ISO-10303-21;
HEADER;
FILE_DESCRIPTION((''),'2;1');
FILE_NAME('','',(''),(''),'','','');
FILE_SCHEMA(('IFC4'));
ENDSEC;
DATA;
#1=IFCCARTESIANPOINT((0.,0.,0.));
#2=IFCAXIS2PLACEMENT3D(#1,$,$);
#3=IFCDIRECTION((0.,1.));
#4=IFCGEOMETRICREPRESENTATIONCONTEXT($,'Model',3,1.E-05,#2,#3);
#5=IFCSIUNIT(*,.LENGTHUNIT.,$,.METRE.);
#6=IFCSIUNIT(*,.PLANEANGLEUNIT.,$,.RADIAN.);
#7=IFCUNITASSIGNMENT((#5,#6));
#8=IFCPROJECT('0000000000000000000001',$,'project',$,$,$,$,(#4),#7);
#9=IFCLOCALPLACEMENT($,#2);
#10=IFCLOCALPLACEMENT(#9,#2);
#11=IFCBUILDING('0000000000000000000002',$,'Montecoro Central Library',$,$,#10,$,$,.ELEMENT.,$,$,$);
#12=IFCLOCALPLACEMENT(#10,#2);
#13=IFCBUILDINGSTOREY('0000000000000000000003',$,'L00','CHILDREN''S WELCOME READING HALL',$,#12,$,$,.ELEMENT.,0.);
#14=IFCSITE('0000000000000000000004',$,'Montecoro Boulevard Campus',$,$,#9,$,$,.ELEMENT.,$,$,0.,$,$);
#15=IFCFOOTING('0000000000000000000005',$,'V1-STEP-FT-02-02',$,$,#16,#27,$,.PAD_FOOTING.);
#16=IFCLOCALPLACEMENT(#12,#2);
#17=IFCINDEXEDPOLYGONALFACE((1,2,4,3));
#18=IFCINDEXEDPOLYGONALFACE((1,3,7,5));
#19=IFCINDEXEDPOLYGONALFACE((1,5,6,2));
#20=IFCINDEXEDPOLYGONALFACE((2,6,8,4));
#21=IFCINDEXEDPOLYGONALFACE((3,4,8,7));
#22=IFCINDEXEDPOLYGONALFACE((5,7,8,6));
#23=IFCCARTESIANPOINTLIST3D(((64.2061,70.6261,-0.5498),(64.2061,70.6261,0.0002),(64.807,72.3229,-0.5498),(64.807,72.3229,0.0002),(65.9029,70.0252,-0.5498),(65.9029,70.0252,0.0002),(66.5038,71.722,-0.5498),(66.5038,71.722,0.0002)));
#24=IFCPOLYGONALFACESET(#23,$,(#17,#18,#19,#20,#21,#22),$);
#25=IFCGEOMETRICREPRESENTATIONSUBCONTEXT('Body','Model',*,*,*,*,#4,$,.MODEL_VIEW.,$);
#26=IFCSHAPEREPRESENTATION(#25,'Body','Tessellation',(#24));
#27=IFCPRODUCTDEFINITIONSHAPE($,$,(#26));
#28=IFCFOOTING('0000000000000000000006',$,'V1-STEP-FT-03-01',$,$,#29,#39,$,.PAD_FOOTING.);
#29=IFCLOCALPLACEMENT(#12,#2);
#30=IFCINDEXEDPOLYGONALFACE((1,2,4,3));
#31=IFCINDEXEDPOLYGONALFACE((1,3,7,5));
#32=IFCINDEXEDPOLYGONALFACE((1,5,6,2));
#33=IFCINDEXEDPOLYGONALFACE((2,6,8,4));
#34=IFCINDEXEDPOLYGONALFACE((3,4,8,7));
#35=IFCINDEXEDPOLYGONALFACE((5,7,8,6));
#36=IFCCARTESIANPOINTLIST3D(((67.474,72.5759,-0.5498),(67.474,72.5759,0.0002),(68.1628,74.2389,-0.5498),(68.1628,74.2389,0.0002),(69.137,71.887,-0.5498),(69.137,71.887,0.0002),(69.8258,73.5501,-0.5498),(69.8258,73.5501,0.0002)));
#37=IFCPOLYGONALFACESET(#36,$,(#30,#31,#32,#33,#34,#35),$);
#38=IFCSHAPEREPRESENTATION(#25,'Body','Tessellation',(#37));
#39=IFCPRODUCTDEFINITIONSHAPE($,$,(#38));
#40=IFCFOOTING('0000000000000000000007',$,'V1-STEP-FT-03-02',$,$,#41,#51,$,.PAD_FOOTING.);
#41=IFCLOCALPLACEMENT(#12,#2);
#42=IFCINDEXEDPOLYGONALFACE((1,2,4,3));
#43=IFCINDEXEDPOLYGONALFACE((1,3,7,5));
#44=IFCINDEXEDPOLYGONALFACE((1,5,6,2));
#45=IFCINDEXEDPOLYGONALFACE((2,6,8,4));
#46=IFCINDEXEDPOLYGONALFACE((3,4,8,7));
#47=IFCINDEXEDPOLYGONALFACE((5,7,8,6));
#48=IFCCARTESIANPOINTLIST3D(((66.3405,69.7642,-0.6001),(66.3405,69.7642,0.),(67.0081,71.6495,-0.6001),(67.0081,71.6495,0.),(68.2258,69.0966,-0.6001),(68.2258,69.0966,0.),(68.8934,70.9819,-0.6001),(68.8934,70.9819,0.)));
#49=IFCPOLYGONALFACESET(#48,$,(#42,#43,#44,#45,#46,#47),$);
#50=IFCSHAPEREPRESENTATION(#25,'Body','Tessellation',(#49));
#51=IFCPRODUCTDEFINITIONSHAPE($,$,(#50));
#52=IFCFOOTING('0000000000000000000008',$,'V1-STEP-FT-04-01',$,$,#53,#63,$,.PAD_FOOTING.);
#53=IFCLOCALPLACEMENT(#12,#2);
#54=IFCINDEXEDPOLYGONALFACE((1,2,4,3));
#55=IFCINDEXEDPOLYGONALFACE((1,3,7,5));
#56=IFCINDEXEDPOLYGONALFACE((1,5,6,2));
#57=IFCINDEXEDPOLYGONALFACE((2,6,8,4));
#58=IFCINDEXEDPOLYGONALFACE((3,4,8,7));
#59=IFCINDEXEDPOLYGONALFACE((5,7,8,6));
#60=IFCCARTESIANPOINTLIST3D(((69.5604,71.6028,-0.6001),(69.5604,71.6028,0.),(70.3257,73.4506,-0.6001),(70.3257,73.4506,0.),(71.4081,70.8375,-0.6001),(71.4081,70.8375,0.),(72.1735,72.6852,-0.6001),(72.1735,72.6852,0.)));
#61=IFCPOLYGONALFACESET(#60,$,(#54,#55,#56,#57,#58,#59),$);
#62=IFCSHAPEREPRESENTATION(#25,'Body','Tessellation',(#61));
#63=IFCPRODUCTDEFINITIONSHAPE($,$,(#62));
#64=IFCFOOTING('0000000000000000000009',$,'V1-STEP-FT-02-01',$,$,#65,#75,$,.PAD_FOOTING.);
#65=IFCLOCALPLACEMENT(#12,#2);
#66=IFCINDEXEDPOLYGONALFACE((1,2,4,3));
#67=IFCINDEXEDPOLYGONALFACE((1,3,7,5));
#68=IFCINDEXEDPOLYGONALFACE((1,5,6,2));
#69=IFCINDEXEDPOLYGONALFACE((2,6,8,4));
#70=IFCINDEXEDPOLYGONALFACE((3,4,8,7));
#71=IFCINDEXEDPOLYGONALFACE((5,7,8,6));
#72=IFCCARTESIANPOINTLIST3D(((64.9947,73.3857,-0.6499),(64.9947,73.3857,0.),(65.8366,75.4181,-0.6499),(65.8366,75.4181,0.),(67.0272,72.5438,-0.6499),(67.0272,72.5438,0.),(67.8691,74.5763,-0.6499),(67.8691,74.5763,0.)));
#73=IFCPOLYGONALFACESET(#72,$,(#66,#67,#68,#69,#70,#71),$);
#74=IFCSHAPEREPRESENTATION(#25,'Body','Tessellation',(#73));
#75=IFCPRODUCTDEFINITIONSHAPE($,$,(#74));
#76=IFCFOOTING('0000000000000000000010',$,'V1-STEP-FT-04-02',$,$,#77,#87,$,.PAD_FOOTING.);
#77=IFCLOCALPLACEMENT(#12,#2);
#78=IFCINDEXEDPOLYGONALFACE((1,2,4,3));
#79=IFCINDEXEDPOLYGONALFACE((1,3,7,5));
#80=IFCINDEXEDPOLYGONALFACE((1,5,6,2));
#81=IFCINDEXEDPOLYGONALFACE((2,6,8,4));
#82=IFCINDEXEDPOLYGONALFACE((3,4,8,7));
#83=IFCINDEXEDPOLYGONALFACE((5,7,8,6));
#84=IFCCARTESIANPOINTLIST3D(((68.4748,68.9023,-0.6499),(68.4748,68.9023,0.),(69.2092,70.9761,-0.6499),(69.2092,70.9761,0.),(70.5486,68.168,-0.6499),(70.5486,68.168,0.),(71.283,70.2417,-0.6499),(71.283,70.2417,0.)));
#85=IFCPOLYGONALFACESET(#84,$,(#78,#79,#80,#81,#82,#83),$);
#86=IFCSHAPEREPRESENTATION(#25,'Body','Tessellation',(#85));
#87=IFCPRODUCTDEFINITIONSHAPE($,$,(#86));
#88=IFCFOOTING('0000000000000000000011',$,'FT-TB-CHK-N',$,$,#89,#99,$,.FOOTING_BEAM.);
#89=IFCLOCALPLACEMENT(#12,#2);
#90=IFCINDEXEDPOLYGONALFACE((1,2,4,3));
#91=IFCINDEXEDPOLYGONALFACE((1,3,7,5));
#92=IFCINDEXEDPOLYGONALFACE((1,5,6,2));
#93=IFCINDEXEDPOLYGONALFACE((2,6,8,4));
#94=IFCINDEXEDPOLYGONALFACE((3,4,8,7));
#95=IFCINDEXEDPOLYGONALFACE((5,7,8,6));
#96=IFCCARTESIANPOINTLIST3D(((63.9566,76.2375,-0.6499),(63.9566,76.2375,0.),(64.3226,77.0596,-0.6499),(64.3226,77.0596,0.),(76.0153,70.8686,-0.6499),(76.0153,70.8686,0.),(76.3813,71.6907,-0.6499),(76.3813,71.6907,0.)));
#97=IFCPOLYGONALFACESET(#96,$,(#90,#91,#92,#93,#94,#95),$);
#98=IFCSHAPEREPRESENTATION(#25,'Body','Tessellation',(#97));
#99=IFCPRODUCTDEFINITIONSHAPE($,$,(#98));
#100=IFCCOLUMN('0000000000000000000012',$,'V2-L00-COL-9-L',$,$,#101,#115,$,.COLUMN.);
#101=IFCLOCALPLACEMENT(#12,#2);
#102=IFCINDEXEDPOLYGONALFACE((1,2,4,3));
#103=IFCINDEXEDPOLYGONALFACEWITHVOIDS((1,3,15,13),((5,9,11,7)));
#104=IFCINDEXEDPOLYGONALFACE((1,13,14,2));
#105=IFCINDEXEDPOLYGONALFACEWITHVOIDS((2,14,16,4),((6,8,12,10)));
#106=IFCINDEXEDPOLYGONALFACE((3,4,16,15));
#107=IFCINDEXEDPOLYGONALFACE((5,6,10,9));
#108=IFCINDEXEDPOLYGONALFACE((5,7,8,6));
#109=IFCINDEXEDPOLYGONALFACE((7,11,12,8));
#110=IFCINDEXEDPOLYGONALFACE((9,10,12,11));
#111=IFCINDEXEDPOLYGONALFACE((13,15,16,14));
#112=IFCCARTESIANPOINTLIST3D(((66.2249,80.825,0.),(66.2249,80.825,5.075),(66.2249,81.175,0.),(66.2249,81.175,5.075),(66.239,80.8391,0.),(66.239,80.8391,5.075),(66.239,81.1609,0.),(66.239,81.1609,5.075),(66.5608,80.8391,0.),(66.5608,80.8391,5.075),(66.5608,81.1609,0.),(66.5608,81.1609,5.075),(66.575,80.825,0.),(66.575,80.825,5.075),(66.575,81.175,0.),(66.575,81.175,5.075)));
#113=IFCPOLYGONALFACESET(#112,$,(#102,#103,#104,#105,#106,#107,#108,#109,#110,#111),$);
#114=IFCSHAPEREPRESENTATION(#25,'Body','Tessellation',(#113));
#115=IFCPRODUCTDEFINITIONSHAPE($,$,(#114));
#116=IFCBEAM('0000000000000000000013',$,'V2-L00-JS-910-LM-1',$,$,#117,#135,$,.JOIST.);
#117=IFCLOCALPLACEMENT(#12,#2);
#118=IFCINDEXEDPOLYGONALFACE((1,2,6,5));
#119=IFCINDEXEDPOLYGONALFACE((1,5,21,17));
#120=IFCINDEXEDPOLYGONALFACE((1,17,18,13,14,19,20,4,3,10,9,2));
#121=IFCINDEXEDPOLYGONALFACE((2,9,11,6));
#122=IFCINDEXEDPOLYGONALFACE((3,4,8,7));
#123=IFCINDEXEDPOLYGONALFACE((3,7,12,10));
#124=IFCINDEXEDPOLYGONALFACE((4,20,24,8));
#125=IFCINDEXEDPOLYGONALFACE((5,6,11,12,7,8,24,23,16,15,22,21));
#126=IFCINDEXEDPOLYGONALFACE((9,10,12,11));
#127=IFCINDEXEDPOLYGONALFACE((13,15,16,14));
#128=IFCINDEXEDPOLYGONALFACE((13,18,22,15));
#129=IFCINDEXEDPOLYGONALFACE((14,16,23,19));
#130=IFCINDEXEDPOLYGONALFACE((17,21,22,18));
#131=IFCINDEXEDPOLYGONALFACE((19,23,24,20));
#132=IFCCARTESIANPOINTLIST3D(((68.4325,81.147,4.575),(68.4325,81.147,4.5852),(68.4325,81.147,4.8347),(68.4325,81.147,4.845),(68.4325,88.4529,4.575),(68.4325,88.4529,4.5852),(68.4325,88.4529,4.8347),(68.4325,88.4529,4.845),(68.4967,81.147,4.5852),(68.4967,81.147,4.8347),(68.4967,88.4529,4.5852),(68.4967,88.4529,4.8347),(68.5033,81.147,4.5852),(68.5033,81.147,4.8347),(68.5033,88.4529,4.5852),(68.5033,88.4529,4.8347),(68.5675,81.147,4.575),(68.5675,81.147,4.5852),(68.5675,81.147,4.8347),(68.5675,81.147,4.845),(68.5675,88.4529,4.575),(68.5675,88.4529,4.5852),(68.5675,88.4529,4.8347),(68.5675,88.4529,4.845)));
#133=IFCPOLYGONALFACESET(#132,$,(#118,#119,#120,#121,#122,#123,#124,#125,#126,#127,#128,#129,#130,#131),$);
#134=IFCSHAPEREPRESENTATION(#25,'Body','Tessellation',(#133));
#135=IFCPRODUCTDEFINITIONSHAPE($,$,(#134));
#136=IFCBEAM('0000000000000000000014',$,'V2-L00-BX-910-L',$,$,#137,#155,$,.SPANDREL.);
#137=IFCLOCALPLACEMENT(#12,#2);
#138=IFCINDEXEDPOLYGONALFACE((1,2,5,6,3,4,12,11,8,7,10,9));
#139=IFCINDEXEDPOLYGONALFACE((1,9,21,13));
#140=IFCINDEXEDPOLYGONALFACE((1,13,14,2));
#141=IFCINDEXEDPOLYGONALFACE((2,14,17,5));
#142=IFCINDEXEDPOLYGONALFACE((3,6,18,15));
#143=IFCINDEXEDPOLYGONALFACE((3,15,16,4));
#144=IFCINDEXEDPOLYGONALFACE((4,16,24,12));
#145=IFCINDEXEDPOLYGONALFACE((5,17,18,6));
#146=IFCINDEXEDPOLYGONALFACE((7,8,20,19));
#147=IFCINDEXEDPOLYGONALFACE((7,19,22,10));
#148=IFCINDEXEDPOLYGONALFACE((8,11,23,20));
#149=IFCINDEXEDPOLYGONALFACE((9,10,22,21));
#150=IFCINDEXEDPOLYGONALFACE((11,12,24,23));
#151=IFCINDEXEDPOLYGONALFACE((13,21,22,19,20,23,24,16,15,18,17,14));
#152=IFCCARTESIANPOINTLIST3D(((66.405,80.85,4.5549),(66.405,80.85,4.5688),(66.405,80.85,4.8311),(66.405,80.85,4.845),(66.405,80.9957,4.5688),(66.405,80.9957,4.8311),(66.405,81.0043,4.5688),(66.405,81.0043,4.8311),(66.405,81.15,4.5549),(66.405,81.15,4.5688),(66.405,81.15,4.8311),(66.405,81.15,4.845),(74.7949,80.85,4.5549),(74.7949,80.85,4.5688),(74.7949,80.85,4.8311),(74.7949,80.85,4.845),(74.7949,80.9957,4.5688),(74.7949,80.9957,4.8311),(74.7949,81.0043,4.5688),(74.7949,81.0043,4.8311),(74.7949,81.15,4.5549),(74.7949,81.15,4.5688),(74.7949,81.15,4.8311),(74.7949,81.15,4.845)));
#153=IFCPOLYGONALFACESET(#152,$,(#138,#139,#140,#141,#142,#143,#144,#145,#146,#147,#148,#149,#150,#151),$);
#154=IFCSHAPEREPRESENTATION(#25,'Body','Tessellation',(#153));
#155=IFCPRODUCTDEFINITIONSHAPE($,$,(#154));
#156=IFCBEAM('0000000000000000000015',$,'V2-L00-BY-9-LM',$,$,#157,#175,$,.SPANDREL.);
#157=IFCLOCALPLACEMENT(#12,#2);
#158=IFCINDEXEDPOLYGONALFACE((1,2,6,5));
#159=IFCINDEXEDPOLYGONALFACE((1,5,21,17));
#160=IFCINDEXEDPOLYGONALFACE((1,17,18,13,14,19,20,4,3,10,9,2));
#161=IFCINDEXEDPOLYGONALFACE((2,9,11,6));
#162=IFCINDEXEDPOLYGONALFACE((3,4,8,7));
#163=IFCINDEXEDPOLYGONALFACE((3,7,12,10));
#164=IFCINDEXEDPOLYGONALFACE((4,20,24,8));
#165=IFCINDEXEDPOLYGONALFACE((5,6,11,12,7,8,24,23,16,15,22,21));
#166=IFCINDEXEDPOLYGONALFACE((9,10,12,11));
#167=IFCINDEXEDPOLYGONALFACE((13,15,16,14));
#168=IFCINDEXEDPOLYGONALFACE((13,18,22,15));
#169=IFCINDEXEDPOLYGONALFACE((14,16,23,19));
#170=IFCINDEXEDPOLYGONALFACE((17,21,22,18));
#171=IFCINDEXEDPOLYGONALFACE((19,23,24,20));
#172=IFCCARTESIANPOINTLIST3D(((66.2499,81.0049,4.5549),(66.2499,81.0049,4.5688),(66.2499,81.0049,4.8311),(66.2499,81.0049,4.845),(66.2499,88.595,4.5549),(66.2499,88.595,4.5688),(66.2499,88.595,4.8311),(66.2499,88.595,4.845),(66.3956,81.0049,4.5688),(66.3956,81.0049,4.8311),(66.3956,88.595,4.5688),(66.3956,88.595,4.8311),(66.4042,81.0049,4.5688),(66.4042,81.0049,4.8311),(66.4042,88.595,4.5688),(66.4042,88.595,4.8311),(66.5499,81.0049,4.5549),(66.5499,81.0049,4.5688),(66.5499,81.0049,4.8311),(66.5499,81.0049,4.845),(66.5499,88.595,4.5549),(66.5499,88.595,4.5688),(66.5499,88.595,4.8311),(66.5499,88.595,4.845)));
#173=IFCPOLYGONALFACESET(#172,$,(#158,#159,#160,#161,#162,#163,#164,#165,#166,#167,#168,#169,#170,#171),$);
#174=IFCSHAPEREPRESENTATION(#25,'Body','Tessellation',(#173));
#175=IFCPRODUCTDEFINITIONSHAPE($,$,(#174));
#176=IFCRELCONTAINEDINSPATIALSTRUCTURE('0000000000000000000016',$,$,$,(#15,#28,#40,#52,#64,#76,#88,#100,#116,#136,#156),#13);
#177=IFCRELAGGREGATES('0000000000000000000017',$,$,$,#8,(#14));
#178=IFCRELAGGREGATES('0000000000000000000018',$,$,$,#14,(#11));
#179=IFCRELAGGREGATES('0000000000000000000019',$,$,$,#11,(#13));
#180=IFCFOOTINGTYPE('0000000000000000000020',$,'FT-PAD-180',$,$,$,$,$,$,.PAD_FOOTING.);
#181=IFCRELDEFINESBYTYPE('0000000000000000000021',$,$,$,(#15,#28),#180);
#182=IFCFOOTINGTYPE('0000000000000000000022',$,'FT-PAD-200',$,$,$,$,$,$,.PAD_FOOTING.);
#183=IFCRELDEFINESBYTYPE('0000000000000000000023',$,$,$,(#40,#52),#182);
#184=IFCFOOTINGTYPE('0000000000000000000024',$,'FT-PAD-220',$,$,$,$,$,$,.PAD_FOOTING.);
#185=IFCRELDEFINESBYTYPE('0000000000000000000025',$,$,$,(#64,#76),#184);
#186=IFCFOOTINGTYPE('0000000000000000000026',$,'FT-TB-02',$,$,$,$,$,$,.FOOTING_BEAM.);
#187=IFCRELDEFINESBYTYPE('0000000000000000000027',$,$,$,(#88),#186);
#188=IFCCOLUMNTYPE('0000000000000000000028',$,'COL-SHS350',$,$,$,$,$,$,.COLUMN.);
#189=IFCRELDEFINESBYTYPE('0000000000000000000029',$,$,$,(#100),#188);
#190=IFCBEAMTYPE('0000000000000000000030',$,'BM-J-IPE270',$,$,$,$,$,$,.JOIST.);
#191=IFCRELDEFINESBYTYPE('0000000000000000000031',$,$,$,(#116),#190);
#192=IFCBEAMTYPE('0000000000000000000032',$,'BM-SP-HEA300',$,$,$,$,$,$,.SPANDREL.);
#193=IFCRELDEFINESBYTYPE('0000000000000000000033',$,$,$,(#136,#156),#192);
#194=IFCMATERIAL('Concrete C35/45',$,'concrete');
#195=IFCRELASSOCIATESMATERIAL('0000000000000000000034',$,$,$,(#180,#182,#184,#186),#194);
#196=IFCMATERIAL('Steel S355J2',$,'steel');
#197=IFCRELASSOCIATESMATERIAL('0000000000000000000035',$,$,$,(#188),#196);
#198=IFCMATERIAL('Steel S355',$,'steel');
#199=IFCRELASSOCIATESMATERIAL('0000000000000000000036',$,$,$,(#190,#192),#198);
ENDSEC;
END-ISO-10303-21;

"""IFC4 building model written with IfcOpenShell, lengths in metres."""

from ifc_helpers import new_model, si_unit, direction, frame, origin, origin_2d, place, context, subcontext, project, spatial, rectangle, hollow_rectangle, i_section, extrude, material, material_profile, profile_set, type_object, element, save


model = new_model("IFC4")

# Units and contexts
model_context = context("Model", 3, precision=1e-05, world=origin(), true_north=direction((0.0, 1.0)))
body_context = subcontext(model_context, "Body", "Model", "MODEL_VIEW")
ifc_project = project(units=[si_unit("LENGTHUNIT", "METRE"), si_unit("PLANEANGLEUNIT", "RADIAN")], contexts=[model_context])

# Site, building, storey
site_placement = place(None, origin())
site = spatial("IfcSite", under=ifc_project, at=site_placement, Name="Montecoro Boulevard Campus", CompositionType="ELEMENT", RefElevation=0.0)
building_placement = place(site_placement, origin())
building = spatial("IfcBuilding", under=site, at=building_placement, Name="Montecoro Central Library", CompositionType="ELEMENT")
storey_placement = place(building_placement, origin())
storey = spatial("IfcBuildingStorey", under=building, at=storey_placement, Name="L00", Description="CHILDREN'S WELCOME READING HALL", CompositionType="ELEMENT", Elevation=0.0)

# Footings
ifc_material_1 = material(Name="Concrete C35/45", Category="concrete")
footing_type_1 = type_object("IfcFootingType", Name="FT-PAD-180", PredefinedType="PAD_FOOTING", material=ifc_material_1)
for number, where, z_axis, x_axis, name in (
    (1, (65.355, 71.1741, -0.5498), (0.0, 0.0, 1.0), (-0.333807, -0.942641, 0.0), "V1-STEP-FT-02-02"),
    (2, (68.6499, 73.063, -0.5498), (0.0, 0.0, 1.0), (-0.382683, -0.92388, 0.0), "V1-STEP-FT-03-01"),
):
    element("IfcFooting", number, at=place(storey_placement, frame(where, z_axis=z_axis, x_axis=x_axis)), inside=storey, type_object=footing_type_1, Name=name, PredefinedType="PAD_FOOTING", context=body_context, shape_type="SweptSolid", body=[
        extrude(rectangle(XDim=1.8, YDim=1.8, at=origin_2d()), origin(), (0.0, 0.0, 1.0), 0.55),
    ])
footing_type_2 = type_object("IfcFootingType", Name="FT-PAD-200", PredefinedType="PAD_FOOTING", material=ifc_material_1)
for number, where, z_axis, x_axis, name in (
    (3, (67.6169, 70.373, -0.6001), (0.0, 0.0, 1.0), (-0.333807, -0.942641, 0.0), "V1-STEP-FT-03-02"),
    (4, (70.8669, 72.144, -0.6001), (0.0, 0.0, 1.0), (-0.382683, -0.92388, 0.0), "V1-STEP-FT-04-01"),
):
    element("IfcFooting", number, at=place(storey_placement, frame(where, z_axis=z_axis, x_axis=x_axis)), inside=storey, type_object=footing_type_2, Name=name, PredefinedType="PAD_FOOTING", context=body_context, shape_type="SweptSolid", body=[
        extrude(rectangle(XDim=2.0, YDim=2.0, at=origin_2d()), origin(), (0.0, 0.0, 1.0), 0.6001),
    ])
footing_type_3 = type_object("IfcFootingType", Name="FT-PAD-220", PredefinedType="PAD_FOOTING", material=ifc_material_1)
for number, where, z_axis, x_axis, name in (
    (5, (66.4319, 73.981, -0.6499), (0.0, 0.0, 1.0), (-0.382683, -0.92388, 0.0), "V1-STEP-FT-02-01"),
    (6, (69.8789, 69.572, -0.6499), (0.0, 0.0, 1.0), (-0.333807, -0.942641, 0.0), "V1-STEP-FT-04-02"),
):
    element("IfcFooting", number, at=place(storey_placement, frame(where, z_axis=z_axis, x_axis=x_axis)), inside=storey, type_object=footing_type_3, Name=name, PredefinedType="PAD_FOOTING", context=body_context, shape_type="SweptSolid", body=[
        extrude(rectangle(XDim=2.2, YDim=2.2, at=origin_2d()), origin(), (0.0, 0.0, 1.0), 0.6499),
    ])
footing_type_4 = type_object("IfcFootingType", Name="FT-TB-02", PredefinedType="FOOTING_BEAM", material=ifc_material_1)
footing_placement = place(storey_placement, frame((70.1689, 73.9641, -0.6499), z_axis=(0.0, 0.0, 1.0), x_axis=(-0.913545, 0.406737, 0.0)))
element("IfcFooting", 7, at=footing_placement, inside=storey, type_object=footing_type_4, Name="FT-TB-CHK-N", PredefinedType="FOOTING_BEAM", context=body_context, shape_type="SweptSolid", body=[
    extrude(rectangle(XDim=13.2, YDim=0.8999, at=origin_2d()), origin(), (0.0, 0.0, 1.0), 0.6499),
])

# Column
ifc_material_2 = material(Name="Steel S355J2", Category="steel")
ifc_material_profile_1 = material_profile(ifc_material_2, hollow_rectangle(XDim=0.3501, YDim=0.3501, WallThickness=0.0142, at=origin_2d()), Name="SHS 350x350x14.2")
ifc_profile_set_1 = profile_set([ifc_material_profile_1], Name="Steel S355J2")
column_type = type_object("IfcColumnType", Name="COL-SHS350", PredefinedType="COLUMN", material=ifc_profile_set_1)
column_placement = place(storey_placement, frame((66.3999, 81.0, 0.0), z_axis=(0.0, 0.0, 1.0), x_axis=(1.0, 0.0, 0.0)))
element("IfcColumn", 8, at=column_placement, inside=storey, type_object=column_type, Name="V2-L00-COL-9-L", PredefinedType="COLUMN", context=body_context, shape_type="SweptSolid", body=[
    extrude(hollow_rectangle(XDim=0.3501, YDim=0.3501, WallThickness=0.0142, at=origin_2d()), origin(), (0.0, 0.0, 1.0), 5.075),
])

# Beams
ifc_material_3 = material(Name="Steel S355", Category="steel")
ifc_material_profile_2 = material_profile(ifc_material_3, i_section(OverallWidth=0.135, OverallDepth=0.27, WebThickness=0.0066, FlangeThickness=0.0103, at=origin_2d()), Name="IPE 270")
ifc_profile_set_2 = profile_set([ifc_material_profile_2], Name="Steel S355")
beam_type_1 = type_object("IfcBeamType", Name="BM-J-IPE270", PredefinedType="JOIST", material=ifc_profile_set_2)
beam_1_placement = place(storey_placement, frame((68.5, 81.147, 4.71), z_axis=(0.0, 1.0, 0.0), x_axis=(-1.0, 0.0, 0.0)))
element("IfcBeam", 9, at=beam_1_placement, inside=storey, type_object=beam_type_1, Name="V2-L00-JS-910-LM-1", PredefinedType="JOIST", context=body_context, shape_type="SweptSolid", body=[
    extrude(i_section(OverallWidth=0.135, OverallDepth=0.27, WebThickness=0.0066, FlangeThickness=0.0103, at=origin_2d()), origin(), (0.0, 0.0, 1.0), 7.3059),
])
ifc_material_profile_3 = material_profile(ifc_material_3, i_section(OverallWidth=0.3, OverallDepth=0.29, WebThickness=0.0085, FlangeThickness=0.0139, at=origin_2d()), Name="HEA 300")
ifc_profile_set_3 = profile_set([ifc_material_profile_3], Name="Steel S355")
beam_type_2 = type_object("IfcBeamType", Name="BM-SP-HEA300", PredefinedType="SPANDREL", material=ifc_profile_set_3)
beam_2_placement = place(storey_placement, frame((66.405, 81.0, 4.7), z_axis=(1.0, 0.0, 0.0), x_axis=(0.0, 1.0, 0.0)))
element("IfcBeam", 10, at=beam_2_placement, inside=storey, type_object=beam_type_2, Name="V2-L00-BX-910-L", PredefinedType="SPANDREL", context=body_context, shape_type="SweptSolid", body=[
    extrude(i_section(OverallWidth=0.3, OverallDepth=0.29, WebThickness=0.0085, FlangeThickness=0.0139, at=origin_2d()), origin(), (0.0, 0.0, 1.0), 8.3899),
])
beam_3_placement = place(storey_placement, frame((66.3999, 81.0049, 4.7), z_axis=(0.0, 1.0, 0.0), x_axis=(-1.0, 0.0, 0.0)))
element("IfcBeam", 11, at=beam_3_placement, inside=storey, type_object=beam_type_2, Name="V2-L00-BY-9-LM", PredefinedType="SPANDREL", context=body_context, shape_type="SweptSolid", body=[
    extrude(i_section(OverallWidth=0.3, OverallDepth=0.29, WebThickness=0.0085, FlangeThickness=0.0139, at=origin_2d()), origin(), (0.0, 0.0, 1.0), 7.5901),
])

save(model, "model.ifc")
